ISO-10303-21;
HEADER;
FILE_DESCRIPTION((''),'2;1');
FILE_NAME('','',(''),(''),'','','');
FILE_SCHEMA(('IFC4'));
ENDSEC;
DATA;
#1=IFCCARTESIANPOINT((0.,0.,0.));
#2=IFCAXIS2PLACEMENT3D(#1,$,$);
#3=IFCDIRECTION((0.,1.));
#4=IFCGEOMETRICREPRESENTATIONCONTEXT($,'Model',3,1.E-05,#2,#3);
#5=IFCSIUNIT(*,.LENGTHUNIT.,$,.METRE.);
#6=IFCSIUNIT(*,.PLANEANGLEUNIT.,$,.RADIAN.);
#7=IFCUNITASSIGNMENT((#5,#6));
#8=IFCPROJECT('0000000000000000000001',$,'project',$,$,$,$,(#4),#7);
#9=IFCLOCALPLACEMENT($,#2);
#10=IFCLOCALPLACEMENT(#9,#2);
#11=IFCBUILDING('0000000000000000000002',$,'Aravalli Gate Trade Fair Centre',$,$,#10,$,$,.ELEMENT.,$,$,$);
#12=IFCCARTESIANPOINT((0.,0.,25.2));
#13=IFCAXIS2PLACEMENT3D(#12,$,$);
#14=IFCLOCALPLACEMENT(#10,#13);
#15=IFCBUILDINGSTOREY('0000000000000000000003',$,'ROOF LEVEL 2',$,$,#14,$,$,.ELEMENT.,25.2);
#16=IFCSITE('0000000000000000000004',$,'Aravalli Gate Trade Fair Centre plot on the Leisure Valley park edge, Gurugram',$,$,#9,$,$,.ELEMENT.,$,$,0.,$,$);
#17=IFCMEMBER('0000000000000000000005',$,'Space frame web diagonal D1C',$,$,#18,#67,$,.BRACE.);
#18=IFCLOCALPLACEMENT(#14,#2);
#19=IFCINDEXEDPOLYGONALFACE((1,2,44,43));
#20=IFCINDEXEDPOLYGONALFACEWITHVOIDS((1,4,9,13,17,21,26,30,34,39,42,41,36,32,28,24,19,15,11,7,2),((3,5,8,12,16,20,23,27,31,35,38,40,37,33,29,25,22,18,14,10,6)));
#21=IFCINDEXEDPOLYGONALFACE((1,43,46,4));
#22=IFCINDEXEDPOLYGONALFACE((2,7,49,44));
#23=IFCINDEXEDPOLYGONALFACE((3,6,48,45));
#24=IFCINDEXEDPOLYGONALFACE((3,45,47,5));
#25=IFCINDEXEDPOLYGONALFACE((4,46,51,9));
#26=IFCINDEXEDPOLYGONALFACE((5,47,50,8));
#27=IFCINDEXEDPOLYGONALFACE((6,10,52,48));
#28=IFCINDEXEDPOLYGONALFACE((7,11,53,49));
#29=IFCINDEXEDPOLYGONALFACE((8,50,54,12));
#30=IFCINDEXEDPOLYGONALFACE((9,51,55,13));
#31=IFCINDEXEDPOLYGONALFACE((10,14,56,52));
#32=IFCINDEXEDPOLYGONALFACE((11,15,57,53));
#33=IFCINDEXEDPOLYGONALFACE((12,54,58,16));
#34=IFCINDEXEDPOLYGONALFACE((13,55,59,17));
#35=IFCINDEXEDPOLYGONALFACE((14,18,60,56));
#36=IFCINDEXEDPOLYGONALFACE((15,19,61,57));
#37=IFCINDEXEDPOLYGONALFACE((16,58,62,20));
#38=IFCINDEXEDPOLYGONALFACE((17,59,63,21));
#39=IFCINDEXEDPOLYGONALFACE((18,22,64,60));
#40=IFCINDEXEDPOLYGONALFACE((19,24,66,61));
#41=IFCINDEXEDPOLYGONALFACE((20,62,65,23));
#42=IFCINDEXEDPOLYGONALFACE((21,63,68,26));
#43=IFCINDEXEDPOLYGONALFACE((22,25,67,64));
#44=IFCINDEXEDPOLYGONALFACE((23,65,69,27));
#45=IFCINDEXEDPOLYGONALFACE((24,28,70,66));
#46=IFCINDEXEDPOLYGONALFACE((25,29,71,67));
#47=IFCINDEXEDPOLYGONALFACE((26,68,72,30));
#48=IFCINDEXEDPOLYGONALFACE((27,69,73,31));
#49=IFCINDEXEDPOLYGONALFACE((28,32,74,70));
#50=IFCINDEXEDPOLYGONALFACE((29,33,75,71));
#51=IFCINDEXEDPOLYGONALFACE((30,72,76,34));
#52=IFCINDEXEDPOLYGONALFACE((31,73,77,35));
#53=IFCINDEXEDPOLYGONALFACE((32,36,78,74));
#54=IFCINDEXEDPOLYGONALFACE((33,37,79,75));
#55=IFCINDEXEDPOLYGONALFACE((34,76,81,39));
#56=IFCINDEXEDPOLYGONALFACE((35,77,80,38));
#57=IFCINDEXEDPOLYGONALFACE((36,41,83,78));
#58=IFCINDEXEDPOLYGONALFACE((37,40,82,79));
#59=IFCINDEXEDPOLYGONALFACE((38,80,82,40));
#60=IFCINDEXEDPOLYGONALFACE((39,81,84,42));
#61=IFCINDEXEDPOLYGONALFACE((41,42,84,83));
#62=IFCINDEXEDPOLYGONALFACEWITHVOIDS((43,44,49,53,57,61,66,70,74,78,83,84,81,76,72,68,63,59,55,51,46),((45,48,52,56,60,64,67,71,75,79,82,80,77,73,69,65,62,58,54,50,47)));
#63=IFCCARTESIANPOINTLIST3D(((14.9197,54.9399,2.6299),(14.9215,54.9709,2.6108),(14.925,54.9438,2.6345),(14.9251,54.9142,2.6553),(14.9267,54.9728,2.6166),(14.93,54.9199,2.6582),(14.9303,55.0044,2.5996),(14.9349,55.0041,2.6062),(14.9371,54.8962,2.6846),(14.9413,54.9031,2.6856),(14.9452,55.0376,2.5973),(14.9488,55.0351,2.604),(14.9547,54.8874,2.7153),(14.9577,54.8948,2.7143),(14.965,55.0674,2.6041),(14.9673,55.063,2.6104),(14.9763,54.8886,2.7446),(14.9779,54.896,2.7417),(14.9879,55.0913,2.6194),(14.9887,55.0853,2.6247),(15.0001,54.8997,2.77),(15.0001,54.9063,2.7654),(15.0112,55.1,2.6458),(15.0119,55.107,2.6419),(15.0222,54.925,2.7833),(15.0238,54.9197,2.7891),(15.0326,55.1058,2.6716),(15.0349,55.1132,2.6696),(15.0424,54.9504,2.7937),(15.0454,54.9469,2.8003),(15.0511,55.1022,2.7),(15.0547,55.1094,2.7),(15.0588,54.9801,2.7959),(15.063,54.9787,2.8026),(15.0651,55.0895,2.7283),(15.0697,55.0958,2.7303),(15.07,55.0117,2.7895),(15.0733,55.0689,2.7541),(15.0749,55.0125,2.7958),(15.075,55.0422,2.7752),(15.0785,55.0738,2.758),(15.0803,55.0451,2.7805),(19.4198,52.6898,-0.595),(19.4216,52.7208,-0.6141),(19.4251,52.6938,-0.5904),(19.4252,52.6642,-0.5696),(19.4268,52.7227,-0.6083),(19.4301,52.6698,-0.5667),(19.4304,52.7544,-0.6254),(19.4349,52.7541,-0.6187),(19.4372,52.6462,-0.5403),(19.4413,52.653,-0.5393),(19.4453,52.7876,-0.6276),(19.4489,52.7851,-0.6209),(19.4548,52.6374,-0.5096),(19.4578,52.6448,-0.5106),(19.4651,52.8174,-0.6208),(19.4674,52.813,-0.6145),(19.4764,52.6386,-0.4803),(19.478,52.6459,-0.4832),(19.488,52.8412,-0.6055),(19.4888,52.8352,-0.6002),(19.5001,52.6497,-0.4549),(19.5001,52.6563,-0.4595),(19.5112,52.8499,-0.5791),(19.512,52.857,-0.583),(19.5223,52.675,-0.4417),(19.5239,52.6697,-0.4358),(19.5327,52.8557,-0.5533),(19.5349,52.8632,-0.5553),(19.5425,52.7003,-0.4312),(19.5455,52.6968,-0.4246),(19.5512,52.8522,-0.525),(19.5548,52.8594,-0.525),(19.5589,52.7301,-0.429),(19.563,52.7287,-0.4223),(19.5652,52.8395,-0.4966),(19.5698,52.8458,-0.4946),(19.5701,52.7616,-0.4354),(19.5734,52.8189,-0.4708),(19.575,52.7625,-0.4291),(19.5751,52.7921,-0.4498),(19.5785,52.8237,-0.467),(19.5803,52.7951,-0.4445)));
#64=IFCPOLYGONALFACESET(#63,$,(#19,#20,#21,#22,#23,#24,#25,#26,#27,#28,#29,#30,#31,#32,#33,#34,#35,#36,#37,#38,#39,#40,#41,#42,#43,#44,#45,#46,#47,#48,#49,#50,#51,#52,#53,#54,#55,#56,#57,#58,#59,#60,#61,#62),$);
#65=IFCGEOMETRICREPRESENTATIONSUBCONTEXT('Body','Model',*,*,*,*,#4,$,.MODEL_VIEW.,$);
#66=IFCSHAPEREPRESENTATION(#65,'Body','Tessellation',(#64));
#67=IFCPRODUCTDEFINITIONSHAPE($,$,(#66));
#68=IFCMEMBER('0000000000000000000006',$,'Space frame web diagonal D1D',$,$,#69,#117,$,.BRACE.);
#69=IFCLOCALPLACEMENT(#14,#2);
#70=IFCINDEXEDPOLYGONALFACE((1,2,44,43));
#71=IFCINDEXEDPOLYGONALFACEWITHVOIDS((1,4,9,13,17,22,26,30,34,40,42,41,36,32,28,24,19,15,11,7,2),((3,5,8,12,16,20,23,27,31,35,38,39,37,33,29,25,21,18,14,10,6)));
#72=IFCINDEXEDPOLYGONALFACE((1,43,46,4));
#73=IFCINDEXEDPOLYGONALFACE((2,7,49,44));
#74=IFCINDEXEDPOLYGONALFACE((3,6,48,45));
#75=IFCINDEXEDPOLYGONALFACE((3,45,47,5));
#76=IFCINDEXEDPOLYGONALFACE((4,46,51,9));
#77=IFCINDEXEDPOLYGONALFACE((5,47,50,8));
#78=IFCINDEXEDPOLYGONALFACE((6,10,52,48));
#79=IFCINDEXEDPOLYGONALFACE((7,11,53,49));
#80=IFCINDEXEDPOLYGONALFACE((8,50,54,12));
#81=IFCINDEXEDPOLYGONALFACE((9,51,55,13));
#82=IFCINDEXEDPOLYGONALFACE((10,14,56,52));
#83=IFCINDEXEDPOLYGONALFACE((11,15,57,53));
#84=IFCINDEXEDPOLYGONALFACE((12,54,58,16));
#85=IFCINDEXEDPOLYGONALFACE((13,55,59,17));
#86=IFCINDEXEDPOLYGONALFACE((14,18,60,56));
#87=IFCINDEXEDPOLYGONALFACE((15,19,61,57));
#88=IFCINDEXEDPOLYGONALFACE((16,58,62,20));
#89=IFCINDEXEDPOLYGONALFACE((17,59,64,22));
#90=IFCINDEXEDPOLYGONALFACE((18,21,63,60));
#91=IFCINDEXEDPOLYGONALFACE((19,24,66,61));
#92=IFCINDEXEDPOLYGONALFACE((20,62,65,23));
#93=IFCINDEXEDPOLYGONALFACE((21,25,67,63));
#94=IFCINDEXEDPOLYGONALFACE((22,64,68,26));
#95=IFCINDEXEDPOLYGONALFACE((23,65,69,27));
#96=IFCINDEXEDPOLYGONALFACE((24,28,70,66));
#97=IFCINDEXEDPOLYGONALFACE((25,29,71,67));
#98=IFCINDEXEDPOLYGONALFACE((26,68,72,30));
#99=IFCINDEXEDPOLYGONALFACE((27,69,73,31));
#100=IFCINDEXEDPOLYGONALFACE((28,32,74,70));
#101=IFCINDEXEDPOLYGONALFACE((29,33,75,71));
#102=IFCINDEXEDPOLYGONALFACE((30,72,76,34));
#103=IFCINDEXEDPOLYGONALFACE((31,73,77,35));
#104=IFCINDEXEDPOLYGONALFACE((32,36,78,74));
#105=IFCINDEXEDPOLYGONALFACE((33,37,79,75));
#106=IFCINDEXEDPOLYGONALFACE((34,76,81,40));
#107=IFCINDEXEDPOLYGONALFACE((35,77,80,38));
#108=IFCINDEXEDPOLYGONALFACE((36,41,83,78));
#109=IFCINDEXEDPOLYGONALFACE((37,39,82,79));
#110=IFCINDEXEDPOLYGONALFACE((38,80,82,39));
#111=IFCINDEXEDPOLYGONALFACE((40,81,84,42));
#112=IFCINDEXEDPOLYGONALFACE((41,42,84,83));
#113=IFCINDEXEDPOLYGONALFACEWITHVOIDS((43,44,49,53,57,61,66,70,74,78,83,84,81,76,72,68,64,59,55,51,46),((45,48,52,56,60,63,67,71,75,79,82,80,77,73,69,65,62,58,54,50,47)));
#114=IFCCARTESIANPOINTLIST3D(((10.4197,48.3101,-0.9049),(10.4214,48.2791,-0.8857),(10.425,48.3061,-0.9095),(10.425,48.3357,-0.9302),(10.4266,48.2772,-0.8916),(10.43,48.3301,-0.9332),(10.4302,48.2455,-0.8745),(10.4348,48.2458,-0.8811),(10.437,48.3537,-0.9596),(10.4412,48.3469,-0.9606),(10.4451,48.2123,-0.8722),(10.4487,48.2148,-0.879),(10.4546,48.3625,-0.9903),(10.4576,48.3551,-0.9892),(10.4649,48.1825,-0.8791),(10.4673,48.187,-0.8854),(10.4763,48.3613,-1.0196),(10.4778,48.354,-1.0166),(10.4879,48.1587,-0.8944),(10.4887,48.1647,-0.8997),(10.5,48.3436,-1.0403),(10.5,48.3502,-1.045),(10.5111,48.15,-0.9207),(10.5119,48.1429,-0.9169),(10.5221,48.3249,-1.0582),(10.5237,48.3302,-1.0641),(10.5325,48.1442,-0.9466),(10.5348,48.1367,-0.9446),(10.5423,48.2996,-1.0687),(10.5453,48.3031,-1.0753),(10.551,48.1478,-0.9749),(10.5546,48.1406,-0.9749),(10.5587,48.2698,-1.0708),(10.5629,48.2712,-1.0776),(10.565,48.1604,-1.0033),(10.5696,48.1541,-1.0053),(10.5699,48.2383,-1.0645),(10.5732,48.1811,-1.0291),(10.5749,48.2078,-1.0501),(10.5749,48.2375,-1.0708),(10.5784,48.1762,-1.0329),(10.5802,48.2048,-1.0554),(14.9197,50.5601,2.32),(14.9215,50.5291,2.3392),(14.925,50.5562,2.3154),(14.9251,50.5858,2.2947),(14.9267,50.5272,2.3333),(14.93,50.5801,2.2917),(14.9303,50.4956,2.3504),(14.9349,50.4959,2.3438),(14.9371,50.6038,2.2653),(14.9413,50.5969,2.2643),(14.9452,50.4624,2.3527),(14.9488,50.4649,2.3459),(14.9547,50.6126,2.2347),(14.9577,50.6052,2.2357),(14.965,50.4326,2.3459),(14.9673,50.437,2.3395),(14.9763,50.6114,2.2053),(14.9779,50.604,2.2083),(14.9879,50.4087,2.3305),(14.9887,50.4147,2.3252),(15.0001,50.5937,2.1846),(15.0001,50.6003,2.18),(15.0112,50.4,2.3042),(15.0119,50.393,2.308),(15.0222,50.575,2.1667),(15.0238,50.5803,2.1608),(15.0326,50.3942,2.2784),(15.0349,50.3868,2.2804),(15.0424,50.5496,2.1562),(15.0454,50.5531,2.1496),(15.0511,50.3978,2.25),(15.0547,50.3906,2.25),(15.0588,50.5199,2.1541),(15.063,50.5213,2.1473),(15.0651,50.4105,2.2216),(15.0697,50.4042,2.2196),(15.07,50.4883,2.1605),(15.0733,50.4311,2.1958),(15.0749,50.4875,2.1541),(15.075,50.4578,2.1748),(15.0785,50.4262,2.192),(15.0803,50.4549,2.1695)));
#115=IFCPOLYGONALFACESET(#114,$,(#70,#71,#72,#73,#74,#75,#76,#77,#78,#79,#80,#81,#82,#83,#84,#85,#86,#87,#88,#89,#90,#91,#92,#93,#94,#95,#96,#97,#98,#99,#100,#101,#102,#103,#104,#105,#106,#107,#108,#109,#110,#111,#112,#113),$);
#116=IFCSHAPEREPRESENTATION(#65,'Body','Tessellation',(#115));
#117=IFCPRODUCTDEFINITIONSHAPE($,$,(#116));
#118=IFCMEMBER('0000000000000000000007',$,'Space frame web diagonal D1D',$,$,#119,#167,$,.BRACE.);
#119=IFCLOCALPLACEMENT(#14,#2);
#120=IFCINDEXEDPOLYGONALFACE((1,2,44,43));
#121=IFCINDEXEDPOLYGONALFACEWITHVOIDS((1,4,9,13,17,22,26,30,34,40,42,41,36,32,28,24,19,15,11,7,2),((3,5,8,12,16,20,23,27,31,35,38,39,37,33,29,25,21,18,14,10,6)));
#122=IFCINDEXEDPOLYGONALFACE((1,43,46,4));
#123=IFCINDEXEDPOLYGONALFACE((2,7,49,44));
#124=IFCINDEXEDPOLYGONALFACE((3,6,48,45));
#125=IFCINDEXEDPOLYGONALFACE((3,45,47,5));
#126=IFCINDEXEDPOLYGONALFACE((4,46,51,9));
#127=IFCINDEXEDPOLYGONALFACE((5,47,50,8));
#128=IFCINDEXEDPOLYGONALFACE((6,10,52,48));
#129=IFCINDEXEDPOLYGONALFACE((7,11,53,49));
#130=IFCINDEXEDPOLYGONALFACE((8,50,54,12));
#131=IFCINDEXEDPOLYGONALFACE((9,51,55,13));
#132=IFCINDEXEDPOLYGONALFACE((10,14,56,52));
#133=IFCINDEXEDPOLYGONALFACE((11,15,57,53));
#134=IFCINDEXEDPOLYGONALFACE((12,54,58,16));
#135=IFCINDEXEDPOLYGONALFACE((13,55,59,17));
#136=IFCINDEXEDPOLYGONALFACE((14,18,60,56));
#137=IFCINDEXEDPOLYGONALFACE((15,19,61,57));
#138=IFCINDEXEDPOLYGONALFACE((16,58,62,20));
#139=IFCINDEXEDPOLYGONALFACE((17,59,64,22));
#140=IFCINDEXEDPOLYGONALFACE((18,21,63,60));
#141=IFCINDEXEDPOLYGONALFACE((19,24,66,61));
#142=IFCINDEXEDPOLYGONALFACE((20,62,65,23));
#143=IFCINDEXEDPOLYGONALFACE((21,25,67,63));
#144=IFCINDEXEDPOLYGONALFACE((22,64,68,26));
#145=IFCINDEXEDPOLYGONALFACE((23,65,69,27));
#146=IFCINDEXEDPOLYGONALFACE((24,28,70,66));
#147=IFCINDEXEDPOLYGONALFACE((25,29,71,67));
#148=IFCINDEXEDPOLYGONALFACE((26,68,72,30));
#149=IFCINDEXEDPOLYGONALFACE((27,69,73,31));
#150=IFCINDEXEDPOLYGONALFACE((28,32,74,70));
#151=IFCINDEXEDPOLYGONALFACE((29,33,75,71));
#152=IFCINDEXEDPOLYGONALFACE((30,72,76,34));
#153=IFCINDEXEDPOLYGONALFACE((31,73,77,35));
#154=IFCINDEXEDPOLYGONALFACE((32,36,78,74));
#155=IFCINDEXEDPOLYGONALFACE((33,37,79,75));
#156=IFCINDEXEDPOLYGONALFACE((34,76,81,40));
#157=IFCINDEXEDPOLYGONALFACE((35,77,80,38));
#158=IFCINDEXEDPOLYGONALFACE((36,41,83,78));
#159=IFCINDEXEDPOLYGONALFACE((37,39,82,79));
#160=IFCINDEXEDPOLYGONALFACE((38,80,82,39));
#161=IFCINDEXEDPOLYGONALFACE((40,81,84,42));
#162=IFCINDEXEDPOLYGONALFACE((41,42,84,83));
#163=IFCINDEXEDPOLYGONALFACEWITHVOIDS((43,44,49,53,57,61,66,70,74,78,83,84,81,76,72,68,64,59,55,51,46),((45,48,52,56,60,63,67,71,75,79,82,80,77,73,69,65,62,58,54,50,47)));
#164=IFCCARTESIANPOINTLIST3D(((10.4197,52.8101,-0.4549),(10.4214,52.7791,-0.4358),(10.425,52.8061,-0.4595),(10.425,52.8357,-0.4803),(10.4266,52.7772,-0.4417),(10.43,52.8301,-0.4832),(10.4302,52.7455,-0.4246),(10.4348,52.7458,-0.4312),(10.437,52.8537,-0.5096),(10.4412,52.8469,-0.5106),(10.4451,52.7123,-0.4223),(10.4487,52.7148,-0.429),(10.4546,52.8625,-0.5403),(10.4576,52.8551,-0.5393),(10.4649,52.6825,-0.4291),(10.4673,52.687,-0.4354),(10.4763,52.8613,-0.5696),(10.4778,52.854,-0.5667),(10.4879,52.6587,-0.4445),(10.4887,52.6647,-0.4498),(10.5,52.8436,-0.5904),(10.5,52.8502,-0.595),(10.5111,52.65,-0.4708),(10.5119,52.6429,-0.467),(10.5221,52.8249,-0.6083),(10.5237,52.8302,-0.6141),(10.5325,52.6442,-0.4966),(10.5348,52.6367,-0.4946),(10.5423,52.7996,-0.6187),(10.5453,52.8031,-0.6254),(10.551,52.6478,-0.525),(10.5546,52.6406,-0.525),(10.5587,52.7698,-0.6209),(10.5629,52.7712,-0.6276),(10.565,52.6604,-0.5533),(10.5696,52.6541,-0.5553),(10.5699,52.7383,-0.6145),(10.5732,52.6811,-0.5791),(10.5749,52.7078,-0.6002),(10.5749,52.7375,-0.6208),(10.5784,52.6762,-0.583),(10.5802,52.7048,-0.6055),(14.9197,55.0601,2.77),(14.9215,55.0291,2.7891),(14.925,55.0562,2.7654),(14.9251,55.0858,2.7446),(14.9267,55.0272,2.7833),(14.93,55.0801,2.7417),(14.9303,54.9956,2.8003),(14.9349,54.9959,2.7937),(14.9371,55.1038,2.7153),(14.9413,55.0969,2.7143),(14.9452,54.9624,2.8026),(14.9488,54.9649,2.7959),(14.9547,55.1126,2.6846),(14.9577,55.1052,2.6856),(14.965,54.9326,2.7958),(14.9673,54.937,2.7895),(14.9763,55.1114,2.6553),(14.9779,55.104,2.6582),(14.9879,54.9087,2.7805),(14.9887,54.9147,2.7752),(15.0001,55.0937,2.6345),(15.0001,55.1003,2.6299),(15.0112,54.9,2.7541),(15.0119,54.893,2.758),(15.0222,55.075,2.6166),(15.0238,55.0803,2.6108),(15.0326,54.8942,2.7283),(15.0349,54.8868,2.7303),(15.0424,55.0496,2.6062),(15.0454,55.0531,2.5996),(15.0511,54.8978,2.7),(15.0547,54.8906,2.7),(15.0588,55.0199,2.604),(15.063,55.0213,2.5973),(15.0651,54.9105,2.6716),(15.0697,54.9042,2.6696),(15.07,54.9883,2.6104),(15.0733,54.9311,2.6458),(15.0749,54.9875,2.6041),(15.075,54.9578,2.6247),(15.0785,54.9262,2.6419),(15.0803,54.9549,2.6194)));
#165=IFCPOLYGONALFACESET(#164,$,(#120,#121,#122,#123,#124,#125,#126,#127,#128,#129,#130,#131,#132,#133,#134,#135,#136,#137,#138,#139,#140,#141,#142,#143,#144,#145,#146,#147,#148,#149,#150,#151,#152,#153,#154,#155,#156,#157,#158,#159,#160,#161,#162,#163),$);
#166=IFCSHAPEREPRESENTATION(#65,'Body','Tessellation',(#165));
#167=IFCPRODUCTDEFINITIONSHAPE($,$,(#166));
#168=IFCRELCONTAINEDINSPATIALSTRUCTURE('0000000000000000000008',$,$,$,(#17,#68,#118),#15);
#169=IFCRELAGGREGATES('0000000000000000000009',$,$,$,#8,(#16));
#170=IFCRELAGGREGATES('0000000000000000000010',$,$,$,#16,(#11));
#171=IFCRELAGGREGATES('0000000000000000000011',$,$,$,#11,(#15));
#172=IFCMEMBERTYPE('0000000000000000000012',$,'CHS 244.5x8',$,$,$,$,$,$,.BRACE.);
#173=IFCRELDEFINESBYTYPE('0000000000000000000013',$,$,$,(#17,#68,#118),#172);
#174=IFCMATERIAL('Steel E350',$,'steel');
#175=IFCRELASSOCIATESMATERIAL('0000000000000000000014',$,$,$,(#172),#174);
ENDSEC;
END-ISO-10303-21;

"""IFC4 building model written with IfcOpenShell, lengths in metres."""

from ifc_helpers import new_model, si_unit, direction, frame, origin, origin_2d, place, context, subcontext, project, spatial, hollow_circle, extrude, material, material_profile, profile_set, type_object, element, save


model = new_model("IFC4")

# Units and contexts
model_context = context("Model", 3, precision=1e-05, world=origin(), true_north=direction((0.0, 1.0)))
body_context = subcontext(model_context, "Body", "Model", "MODEL_VIEW")
ifc_project = project(units=[si_unit("LENGTHUNIT", "METRE"), si_unit("PLANEANGLEUNIT", "RADIAN")], contexts=[model_context])

# Site, building, storey
site_placement = place(None, origin())
site = spatial("IfcSite", under=ifc_project, at=site_placement, Name="Aravalli Gate Trade Fair Centre plot on the Leisure Valley park edge, Gurugram", CompositionType="ELEMENT", RefElevation=0.0)
building_placement = place(site_placement, origin())
building = spatial("IfcBuilding", under=site, at=building_placement, Name="Aravalli Gate Trade Fair Centre", CompositionType="ELEMENT")
storey_placement = place(building_placement, frame((0.0, 0.0, 25.2)))
storey = spatial("IfcBuildingStorey", under=building, at=storey_placement, Name="ROOF LEVEL 2", CompositionType="ELEMENT", Elevation=25.2)

# Members
ifc_material = material(Name="Steel E350", Category="steel")
ifc_material_profile_1 = material_profile(ifc_material, hollow_circle(Radius=0.1223, WallThickness=0.0081, at=origin_2d()), Name="CHS 244.5x8")
ifc_profile_set_1 = profile_set([ifc_material_profile_1], Name="Steel E350")
member_type_1 = type_object("IfcMemberType", Name="CHS 244.5x8", PredefinedType="BRACE", material=ifc_profile_set_1)
for number, where, z_axis, x_axis, name in (
    (1, (15.0, 55.0, 2.7), (0.753016, -0.376508, -0.539637), (0.447214, 0.894427, 0.0), "Space frame web diagonal D1C"),
    (2, (15.0, 50.5, 2.25), (-0.753016, -0.376508, -0.539637), (0.447214, -0.894427, 0.0), "Space frame web diagonal D1D"),
    (3, (15.0, 55.0, 2.7), (-0.753016, -0.376508, -0.539637), (0.447214, -0.894427, 0.0), "Space frame web diagonal D1D"),
):
    element("IfcMember", number, at=place(storey_placement, frame(where, z_axis=z_axis, x_axis=x_axis)), inside=storey, type_object=member_type_1, Name=name, PredefinedType="BRACE", context=body_context, shape_type="SweptSolid", body=[
        extrude(hollow_circle(Radius=0.1223, WallThickness=0.0081, at=origin_2d()), origin(), (0.0, 0.0, 1.0), 5.9761),
    ])

save(model, "model.ifc")
